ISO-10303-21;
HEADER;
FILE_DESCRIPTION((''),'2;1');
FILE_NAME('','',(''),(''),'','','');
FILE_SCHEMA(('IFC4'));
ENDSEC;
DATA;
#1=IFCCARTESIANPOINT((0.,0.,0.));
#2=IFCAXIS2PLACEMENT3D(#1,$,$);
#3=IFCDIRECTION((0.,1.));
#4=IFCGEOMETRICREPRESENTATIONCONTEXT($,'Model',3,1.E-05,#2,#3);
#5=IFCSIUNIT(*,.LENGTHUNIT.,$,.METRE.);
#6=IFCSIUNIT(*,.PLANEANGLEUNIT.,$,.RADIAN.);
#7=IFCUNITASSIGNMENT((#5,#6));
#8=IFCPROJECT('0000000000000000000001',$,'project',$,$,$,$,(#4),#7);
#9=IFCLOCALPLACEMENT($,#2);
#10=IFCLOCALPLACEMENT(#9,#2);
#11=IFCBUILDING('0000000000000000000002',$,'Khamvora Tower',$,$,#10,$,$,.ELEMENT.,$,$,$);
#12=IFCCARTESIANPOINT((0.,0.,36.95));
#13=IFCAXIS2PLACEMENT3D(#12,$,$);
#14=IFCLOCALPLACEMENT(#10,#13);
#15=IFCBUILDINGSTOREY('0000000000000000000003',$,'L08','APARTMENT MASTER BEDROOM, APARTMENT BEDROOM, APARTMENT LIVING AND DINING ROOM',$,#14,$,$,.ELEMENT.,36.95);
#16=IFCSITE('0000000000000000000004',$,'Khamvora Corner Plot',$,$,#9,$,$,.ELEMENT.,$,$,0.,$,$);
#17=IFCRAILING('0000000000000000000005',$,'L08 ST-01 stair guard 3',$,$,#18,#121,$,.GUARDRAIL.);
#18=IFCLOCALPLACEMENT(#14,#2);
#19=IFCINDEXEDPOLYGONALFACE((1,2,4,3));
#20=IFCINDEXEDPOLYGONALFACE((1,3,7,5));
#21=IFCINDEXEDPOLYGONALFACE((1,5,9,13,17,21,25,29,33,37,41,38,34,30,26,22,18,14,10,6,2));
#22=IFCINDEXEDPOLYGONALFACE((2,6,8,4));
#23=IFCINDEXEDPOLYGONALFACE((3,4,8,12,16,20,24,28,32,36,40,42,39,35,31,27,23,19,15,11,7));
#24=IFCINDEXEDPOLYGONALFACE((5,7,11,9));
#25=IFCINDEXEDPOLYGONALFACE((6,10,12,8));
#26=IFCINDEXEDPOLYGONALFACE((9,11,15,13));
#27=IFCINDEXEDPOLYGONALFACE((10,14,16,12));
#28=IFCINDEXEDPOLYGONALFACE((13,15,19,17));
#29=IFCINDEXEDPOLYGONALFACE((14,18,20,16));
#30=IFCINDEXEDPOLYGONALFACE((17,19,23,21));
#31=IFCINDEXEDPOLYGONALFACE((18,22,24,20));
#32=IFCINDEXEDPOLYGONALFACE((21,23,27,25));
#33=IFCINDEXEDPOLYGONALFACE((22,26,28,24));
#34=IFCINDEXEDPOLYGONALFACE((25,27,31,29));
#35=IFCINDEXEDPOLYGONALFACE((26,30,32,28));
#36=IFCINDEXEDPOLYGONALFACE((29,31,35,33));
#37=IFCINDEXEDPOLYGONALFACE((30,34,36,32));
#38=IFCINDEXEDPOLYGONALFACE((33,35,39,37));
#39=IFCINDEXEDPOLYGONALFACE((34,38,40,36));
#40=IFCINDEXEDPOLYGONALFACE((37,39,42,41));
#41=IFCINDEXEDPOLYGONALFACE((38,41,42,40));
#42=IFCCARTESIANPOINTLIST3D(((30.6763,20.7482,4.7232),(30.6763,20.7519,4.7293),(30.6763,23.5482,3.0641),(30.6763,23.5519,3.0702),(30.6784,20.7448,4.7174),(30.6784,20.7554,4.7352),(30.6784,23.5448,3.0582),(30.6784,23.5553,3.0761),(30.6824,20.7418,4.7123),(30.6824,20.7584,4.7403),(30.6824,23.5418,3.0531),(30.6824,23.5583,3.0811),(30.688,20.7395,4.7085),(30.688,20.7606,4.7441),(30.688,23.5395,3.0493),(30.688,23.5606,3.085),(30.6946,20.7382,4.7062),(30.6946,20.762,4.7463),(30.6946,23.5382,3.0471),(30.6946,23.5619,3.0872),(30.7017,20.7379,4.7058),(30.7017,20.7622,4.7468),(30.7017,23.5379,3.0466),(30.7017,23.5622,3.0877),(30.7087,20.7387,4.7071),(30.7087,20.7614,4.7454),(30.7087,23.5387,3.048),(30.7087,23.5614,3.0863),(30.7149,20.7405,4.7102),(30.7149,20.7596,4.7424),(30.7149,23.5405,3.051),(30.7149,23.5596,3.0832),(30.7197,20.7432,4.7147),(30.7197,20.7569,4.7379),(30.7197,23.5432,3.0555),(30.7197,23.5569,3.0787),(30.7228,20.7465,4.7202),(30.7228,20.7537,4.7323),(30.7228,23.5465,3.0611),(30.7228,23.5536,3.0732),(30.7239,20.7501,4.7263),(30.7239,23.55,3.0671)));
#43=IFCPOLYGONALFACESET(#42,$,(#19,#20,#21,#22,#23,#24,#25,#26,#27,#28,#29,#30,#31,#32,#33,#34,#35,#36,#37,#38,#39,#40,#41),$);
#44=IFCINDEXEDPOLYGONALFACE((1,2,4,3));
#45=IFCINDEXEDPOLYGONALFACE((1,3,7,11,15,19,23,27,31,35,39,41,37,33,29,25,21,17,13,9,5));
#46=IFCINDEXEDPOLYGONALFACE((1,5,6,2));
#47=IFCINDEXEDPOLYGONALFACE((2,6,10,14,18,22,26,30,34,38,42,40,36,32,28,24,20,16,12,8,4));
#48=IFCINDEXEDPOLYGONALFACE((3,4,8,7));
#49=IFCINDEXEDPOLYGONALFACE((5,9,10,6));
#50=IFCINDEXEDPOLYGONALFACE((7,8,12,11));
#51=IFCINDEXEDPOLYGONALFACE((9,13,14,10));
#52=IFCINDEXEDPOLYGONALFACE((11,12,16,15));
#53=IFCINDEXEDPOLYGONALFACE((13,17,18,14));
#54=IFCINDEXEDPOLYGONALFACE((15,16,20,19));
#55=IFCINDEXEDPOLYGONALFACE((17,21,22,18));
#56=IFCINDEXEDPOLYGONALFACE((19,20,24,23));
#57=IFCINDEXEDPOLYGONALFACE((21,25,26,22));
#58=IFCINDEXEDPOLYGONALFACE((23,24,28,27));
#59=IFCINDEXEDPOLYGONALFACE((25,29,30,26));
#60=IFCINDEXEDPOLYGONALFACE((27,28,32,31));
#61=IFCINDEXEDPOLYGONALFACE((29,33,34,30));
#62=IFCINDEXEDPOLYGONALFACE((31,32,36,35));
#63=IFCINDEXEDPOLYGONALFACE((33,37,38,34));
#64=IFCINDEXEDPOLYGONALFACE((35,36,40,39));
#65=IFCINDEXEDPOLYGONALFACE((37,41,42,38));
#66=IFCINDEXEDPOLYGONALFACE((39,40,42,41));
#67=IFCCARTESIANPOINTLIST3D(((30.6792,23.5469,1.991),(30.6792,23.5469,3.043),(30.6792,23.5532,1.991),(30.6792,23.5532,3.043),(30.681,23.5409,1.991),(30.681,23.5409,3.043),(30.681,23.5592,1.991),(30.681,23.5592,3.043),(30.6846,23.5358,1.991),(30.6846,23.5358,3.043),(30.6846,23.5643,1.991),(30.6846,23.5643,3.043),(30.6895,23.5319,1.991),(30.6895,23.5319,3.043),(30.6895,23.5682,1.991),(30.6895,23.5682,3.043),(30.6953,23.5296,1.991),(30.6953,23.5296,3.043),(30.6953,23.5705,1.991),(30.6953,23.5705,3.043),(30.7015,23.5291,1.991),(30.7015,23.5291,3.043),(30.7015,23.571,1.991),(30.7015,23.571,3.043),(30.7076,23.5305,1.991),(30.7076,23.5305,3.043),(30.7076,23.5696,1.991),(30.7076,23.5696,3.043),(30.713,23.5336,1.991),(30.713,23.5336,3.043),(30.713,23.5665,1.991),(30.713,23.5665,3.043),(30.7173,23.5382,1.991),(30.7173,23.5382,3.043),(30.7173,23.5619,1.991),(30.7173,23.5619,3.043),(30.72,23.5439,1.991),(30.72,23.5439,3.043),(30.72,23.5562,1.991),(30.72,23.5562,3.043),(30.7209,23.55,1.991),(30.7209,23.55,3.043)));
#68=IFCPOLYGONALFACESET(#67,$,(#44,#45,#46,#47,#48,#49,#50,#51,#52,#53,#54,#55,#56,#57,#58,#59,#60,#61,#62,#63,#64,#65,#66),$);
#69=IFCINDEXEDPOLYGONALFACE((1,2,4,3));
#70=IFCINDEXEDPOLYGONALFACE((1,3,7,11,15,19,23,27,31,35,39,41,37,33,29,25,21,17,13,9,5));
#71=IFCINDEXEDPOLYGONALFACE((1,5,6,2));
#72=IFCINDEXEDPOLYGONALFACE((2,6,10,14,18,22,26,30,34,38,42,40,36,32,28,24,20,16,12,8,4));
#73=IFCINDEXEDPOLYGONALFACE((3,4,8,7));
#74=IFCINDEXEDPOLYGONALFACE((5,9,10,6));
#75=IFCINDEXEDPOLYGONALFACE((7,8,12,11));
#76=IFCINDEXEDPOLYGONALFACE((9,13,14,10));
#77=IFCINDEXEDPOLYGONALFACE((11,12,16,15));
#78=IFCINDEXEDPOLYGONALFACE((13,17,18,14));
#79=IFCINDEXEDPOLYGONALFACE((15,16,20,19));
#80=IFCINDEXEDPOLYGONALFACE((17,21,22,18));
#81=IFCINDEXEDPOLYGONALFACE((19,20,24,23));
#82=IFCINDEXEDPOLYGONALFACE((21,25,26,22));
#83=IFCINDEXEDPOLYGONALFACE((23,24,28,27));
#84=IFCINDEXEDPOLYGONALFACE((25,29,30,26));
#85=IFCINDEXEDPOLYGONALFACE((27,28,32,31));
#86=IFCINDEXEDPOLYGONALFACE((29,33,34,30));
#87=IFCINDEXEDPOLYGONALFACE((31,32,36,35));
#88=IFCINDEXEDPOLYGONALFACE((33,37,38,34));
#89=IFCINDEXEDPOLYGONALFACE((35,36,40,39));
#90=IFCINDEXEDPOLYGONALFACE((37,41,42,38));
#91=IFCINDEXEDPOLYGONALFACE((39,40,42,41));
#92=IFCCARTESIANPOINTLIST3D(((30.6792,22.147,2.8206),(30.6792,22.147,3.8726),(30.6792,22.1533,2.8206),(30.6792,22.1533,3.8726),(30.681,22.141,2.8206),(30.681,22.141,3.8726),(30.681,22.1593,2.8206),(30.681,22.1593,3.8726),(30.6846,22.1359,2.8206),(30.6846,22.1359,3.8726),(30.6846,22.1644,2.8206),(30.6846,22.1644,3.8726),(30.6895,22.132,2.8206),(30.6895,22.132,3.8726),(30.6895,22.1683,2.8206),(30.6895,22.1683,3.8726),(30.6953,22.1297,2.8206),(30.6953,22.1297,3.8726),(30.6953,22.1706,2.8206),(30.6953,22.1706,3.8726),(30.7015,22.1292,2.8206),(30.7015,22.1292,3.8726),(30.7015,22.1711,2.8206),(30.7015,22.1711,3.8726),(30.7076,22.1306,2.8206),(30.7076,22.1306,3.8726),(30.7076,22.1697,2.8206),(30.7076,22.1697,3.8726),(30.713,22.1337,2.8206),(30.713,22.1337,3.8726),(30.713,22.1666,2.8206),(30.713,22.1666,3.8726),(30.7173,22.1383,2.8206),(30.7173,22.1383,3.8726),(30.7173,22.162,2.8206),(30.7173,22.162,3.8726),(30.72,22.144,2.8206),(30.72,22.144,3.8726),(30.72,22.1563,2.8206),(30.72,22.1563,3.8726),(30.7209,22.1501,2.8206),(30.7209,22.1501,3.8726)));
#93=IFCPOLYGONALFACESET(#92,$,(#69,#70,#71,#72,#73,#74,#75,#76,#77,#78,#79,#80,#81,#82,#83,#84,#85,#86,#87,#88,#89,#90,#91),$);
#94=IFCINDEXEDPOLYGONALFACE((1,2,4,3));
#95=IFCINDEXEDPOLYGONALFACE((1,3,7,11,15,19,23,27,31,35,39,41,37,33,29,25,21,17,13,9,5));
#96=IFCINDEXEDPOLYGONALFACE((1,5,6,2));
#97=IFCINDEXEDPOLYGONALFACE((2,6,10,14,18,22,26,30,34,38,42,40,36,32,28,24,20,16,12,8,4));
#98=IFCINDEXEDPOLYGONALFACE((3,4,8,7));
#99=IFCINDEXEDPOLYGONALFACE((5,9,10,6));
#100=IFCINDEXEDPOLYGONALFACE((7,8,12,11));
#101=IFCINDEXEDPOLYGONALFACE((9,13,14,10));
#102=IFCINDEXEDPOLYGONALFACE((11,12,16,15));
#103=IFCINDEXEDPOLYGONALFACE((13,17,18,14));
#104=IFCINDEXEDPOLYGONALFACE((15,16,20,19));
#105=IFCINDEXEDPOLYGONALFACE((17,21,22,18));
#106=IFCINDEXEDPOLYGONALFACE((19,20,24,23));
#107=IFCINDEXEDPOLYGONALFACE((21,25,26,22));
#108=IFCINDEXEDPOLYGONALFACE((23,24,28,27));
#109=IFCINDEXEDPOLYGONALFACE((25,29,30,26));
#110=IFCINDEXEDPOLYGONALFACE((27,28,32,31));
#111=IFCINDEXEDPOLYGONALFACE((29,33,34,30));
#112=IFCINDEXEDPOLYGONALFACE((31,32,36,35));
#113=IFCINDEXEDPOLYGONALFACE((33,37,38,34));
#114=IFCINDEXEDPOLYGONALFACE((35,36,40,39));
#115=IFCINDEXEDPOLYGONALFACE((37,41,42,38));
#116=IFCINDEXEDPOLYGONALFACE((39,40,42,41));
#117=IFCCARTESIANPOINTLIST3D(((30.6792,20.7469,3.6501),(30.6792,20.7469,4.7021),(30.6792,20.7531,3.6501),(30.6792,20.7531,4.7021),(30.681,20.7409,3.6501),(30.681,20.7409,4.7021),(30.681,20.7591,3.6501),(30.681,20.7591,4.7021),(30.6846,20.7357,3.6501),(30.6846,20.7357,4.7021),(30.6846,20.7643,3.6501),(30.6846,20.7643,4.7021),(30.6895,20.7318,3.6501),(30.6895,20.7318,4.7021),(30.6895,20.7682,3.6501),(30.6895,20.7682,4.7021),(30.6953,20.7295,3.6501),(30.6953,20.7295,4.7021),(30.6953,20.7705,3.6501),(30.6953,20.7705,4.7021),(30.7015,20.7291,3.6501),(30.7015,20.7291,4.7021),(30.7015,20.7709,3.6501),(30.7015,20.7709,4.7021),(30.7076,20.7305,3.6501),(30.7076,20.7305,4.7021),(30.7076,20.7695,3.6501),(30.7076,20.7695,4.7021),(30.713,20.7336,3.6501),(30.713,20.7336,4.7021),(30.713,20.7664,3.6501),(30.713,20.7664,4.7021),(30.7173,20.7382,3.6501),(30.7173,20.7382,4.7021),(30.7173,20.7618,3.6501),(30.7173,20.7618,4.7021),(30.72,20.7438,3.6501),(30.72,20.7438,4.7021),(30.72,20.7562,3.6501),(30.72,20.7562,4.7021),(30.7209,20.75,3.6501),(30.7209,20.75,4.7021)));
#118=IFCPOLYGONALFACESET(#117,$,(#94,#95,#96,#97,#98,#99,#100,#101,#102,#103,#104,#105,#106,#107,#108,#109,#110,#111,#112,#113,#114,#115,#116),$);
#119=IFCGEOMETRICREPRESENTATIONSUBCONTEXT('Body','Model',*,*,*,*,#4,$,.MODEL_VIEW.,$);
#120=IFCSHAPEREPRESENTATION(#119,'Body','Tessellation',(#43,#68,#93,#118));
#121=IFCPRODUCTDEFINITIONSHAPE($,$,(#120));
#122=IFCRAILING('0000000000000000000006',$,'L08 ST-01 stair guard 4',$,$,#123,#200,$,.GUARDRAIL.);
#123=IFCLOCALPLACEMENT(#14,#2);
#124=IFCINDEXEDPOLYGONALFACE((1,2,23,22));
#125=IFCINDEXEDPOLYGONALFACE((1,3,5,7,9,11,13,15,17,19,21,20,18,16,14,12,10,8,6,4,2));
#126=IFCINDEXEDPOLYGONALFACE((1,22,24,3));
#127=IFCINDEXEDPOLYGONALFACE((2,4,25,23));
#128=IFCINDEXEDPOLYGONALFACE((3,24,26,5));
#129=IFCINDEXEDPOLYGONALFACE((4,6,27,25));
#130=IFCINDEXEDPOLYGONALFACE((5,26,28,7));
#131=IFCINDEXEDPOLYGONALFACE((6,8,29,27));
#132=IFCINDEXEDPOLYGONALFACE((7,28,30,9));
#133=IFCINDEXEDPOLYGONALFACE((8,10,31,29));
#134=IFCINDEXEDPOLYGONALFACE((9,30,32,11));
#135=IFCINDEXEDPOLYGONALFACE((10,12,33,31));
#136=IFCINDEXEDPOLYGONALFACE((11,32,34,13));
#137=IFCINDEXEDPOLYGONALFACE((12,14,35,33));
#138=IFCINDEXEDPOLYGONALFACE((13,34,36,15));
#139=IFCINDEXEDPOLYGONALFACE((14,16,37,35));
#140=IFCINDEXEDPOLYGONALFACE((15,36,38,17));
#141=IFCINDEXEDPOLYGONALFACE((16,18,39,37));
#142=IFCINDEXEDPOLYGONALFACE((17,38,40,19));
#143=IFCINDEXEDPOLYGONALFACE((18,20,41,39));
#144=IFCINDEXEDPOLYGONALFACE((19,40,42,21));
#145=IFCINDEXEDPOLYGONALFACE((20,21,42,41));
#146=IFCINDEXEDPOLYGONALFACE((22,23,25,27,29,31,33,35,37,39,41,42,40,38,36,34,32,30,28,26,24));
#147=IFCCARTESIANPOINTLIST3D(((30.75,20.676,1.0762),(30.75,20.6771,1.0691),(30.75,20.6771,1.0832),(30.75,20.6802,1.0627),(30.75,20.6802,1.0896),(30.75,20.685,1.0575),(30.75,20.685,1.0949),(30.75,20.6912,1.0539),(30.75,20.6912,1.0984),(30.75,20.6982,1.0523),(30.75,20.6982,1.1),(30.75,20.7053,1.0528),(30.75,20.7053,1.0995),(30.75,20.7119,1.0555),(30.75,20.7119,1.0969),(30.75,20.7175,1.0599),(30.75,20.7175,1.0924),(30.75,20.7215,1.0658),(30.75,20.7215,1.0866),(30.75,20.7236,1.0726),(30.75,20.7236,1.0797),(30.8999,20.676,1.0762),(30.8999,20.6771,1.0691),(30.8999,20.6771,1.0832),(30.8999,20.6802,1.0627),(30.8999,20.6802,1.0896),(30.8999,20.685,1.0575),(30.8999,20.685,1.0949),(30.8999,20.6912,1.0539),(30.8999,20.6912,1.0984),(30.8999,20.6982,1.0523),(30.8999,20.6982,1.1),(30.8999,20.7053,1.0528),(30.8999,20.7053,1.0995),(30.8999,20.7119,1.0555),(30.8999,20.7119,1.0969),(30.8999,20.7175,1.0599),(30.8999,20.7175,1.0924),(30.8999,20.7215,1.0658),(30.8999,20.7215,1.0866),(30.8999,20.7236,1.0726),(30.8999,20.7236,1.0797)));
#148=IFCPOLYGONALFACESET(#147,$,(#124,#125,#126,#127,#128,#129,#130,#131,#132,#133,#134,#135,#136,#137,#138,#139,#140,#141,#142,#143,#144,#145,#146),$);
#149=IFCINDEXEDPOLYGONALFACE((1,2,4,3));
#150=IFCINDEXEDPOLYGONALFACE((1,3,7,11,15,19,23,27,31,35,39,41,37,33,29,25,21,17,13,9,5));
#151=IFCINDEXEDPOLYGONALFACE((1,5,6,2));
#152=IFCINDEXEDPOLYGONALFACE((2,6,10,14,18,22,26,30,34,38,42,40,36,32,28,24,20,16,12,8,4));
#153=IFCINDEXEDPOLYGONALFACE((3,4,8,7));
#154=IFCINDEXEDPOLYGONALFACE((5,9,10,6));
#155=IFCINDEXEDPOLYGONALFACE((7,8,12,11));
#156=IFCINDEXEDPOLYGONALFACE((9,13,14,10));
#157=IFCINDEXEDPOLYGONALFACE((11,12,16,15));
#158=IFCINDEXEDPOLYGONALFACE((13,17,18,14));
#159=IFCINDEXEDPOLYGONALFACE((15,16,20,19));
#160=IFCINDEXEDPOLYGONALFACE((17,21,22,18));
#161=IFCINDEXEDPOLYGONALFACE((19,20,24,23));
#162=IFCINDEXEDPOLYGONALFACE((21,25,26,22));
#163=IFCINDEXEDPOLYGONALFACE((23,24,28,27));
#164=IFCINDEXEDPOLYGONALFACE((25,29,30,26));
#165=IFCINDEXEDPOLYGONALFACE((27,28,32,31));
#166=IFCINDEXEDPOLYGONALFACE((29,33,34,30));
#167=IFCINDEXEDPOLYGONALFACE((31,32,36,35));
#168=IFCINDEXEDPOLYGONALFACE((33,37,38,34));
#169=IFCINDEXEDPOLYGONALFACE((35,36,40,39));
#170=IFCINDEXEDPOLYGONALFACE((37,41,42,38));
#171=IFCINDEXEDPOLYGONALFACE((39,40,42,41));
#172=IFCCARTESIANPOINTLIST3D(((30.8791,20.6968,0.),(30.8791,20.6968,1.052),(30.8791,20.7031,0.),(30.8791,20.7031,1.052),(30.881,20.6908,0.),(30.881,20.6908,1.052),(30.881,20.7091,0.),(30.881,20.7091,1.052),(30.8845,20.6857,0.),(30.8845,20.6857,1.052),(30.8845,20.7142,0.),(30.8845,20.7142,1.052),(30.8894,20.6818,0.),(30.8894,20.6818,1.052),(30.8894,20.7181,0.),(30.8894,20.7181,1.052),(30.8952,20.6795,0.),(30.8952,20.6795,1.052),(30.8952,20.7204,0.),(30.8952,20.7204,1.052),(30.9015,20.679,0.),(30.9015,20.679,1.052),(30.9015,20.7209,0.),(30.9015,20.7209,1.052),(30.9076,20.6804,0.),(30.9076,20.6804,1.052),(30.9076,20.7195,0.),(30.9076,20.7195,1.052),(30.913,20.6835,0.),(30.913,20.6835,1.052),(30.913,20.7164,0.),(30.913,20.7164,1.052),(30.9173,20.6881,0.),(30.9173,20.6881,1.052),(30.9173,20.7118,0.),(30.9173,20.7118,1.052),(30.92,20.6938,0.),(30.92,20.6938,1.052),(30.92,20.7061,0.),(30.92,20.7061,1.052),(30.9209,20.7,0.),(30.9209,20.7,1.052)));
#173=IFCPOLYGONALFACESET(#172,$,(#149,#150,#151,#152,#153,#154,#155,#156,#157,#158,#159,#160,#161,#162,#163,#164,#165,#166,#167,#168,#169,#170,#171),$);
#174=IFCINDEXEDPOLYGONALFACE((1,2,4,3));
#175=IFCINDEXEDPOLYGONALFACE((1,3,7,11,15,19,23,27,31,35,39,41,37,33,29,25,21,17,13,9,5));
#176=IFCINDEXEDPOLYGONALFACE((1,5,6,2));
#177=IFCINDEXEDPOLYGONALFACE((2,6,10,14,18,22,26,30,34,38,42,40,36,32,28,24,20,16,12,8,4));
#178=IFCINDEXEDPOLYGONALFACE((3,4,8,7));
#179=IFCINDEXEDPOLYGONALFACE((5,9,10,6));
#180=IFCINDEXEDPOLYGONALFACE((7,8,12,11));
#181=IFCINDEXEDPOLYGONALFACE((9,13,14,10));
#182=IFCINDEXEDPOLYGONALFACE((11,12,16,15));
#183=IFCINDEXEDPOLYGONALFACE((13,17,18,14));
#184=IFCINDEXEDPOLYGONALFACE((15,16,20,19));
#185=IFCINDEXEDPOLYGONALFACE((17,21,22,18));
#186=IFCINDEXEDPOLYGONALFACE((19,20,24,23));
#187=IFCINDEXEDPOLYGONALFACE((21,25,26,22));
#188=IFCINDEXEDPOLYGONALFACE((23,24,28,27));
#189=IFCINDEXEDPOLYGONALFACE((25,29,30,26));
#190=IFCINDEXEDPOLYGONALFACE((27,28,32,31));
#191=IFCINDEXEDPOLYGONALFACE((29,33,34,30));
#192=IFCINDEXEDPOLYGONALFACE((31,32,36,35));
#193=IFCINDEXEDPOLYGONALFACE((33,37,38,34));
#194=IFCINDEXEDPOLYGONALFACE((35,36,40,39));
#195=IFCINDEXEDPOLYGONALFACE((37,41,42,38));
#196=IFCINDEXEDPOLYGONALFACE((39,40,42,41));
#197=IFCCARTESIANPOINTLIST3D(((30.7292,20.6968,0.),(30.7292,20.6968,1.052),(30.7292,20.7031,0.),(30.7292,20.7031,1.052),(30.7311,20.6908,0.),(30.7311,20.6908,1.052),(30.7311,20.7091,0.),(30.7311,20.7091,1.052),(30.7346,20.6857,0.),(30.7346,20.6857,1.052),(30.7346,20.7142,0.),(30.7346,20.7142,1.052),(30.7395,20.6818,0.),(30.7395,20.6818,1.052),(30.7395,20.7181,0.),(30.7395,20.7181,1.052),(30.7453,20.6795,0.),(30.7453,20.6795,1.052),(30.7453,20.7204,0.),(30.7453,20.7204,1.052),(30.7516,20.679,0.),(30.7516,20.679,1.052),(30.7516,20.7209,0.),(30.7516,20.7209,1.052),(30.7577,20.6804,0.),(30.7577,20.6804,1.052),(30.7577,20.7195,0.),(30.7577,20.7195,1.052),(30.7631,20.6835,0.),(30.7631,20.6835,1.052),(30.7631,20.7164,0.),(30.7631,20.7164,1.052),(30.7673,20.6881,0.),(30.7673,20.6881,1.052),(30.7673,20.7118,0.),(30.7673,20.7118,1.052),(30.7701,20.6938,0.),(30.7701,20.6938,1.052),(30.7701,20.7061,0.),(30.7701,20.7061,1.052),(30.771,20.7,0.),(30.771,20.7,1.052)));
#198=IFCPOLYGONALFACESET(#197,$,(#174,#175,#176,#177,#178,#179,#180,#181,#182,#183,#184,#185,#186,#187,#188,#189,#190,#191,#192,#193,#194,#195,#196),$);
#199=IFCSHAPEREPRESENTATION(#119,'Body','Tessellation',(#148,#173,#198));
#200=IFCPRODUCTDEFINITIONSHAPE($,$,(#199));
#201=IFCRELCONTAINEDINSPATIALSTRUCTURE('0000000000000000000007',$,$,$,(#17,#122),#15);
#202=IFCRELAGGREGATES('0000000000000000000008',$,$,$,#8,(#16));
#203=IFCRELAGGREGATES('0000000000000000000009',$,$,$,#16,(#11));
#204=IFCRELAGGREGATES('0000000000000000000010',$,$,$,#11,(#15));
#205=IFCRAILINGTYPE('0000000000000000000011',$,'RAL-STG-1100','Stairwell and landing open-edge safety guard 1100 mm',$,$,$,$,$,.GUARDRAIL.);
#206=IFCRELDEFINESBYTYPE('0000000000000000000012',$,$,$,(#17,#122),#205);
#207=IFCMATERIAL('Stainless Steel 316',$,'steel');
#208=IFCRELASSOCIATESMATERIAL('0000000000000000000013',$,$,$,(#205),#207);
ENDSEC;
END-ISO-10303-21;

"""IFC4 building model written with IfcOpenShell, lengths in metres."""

from ifc_helpers import new_model, si_unit, direction, frame, origin, origin_2d, place, context, subcontext, project, spatial, circle, extrude, material, type_object, element, save


model = new_model("IFC4")

# Units and contexts
model_context = context("Model", 3, precision=1e-05, world=origin(), true_north=direction((0.0, 1.0)))
body_context = subcontext(model_context, "Body", "Model", "MODEL_VIEW")
ifc_project = project(units=[si_unit("LENGTHUNIT", "METRE"), si_unit("PLANEANGLEUNIT", "RADIAN")], contexts=[model_context])

# Site, building, storey
site_placement = place(None, origin())
site = spatial("IfcSite", under=ifc_project, at=site_placement, Name="Khamvora Corner Plot", CompositionType="ELEMENT", RefElevation=0.0)
building_placement = place(site_placement, origin())
building = spatial("IfcBuilding", under=site, at=building_placement, Name="Khamvora Tower", CompositionType="ELEMENT")
storey_placement = place(building_placement, frame((0.0, 0.0, 36.95)))
storey = spatial("IfcBuildingStorey", under=building, at=storey_placement, Name="L08", Description="APARTMENT MASTER BEDROOM, APARTMENT BEDROOM, APARTMENT LIVING AND DINING ROOM", CompositionType="ELEMENT", Elevation=36.95)

# Railings
ifc_material_1 = material(Name="Stainless Steel 316", Category="steel")
railing_type_1 = type_object("IfcRailingType", Name="RAL-STG-1100", Description="Stairwell and landing open-edge safety guard 1100 mm", PredefinedType="GUARDRAIL", material=ifc_material_1)
railing_1_placement = place(storey_placement, frame((30.7, 23.55, 1.991)))
element("IfcRailing", 1, at=railing_1_placement, inside=storey, type_object=railing_type_1, Name="L08 ST-01 stair guard 3", PredefinedType="GUARDRAIL", context=body_context, shape_type="SweptSolid", body=[
    extrude(circle(Radius=0.0239, at=origin_2d()), frame((0.0, 0.0, 1.0762), z_axis=(0.0, -0.860306, 0.509778), x_axis=(1.0, 0.0, 0.0)), (0.0, 0.0, 1.0), 3.2546),
    extrude(circle(Radius=0.021, at=origin_2d()), origin(), (0.0, 0.0, 1.0), 1.052),
    extrude(circle(Radius=0.021, at=origin_2d()), frame((0.0, -1.3999, 0.8296)), (0.0, 0.0, 1.0), 1.052),
    extrude(circle(Radius=0.021, at=origin_2d()), frame((0.0, -2.8, 1.6592)), (0.0, 0.0, 1.0), 1.052),
])
railing_2_placement = place(storey_placement, frame((30.8999, 20.7, 0.0)))
element("IfcRailing", 2, at=railing_2_placement, inside=storey, type_object=railing_type_1, Name="L08 ST-01 stair guard 4", PredefinedType="GUARDRAIL", context=body_context, shape_type="SweptSolid", body=[
    extrude(circle(Radius=0.0239, at=origin_2d()), frame((0.0, 0.0, 1.0762), z_axis=(-1.0, 0.0, 0.0), x_axis=(0.0, -1.0, 0.0)), (0.0, 0.0, 1.0), 0.1499),
    extrude(circle(Radius=0.021, at=origin_2d()), origin(), (0.0, 0.0, 1.0), 1.052),
    extrude(circle(Radius=0.021, at=origin_2d()), frame((-0.1499, 0.0, 0.0)), (0.0, 0.0, 1.0), 1.052),
])

save(model, "model.ifc")
